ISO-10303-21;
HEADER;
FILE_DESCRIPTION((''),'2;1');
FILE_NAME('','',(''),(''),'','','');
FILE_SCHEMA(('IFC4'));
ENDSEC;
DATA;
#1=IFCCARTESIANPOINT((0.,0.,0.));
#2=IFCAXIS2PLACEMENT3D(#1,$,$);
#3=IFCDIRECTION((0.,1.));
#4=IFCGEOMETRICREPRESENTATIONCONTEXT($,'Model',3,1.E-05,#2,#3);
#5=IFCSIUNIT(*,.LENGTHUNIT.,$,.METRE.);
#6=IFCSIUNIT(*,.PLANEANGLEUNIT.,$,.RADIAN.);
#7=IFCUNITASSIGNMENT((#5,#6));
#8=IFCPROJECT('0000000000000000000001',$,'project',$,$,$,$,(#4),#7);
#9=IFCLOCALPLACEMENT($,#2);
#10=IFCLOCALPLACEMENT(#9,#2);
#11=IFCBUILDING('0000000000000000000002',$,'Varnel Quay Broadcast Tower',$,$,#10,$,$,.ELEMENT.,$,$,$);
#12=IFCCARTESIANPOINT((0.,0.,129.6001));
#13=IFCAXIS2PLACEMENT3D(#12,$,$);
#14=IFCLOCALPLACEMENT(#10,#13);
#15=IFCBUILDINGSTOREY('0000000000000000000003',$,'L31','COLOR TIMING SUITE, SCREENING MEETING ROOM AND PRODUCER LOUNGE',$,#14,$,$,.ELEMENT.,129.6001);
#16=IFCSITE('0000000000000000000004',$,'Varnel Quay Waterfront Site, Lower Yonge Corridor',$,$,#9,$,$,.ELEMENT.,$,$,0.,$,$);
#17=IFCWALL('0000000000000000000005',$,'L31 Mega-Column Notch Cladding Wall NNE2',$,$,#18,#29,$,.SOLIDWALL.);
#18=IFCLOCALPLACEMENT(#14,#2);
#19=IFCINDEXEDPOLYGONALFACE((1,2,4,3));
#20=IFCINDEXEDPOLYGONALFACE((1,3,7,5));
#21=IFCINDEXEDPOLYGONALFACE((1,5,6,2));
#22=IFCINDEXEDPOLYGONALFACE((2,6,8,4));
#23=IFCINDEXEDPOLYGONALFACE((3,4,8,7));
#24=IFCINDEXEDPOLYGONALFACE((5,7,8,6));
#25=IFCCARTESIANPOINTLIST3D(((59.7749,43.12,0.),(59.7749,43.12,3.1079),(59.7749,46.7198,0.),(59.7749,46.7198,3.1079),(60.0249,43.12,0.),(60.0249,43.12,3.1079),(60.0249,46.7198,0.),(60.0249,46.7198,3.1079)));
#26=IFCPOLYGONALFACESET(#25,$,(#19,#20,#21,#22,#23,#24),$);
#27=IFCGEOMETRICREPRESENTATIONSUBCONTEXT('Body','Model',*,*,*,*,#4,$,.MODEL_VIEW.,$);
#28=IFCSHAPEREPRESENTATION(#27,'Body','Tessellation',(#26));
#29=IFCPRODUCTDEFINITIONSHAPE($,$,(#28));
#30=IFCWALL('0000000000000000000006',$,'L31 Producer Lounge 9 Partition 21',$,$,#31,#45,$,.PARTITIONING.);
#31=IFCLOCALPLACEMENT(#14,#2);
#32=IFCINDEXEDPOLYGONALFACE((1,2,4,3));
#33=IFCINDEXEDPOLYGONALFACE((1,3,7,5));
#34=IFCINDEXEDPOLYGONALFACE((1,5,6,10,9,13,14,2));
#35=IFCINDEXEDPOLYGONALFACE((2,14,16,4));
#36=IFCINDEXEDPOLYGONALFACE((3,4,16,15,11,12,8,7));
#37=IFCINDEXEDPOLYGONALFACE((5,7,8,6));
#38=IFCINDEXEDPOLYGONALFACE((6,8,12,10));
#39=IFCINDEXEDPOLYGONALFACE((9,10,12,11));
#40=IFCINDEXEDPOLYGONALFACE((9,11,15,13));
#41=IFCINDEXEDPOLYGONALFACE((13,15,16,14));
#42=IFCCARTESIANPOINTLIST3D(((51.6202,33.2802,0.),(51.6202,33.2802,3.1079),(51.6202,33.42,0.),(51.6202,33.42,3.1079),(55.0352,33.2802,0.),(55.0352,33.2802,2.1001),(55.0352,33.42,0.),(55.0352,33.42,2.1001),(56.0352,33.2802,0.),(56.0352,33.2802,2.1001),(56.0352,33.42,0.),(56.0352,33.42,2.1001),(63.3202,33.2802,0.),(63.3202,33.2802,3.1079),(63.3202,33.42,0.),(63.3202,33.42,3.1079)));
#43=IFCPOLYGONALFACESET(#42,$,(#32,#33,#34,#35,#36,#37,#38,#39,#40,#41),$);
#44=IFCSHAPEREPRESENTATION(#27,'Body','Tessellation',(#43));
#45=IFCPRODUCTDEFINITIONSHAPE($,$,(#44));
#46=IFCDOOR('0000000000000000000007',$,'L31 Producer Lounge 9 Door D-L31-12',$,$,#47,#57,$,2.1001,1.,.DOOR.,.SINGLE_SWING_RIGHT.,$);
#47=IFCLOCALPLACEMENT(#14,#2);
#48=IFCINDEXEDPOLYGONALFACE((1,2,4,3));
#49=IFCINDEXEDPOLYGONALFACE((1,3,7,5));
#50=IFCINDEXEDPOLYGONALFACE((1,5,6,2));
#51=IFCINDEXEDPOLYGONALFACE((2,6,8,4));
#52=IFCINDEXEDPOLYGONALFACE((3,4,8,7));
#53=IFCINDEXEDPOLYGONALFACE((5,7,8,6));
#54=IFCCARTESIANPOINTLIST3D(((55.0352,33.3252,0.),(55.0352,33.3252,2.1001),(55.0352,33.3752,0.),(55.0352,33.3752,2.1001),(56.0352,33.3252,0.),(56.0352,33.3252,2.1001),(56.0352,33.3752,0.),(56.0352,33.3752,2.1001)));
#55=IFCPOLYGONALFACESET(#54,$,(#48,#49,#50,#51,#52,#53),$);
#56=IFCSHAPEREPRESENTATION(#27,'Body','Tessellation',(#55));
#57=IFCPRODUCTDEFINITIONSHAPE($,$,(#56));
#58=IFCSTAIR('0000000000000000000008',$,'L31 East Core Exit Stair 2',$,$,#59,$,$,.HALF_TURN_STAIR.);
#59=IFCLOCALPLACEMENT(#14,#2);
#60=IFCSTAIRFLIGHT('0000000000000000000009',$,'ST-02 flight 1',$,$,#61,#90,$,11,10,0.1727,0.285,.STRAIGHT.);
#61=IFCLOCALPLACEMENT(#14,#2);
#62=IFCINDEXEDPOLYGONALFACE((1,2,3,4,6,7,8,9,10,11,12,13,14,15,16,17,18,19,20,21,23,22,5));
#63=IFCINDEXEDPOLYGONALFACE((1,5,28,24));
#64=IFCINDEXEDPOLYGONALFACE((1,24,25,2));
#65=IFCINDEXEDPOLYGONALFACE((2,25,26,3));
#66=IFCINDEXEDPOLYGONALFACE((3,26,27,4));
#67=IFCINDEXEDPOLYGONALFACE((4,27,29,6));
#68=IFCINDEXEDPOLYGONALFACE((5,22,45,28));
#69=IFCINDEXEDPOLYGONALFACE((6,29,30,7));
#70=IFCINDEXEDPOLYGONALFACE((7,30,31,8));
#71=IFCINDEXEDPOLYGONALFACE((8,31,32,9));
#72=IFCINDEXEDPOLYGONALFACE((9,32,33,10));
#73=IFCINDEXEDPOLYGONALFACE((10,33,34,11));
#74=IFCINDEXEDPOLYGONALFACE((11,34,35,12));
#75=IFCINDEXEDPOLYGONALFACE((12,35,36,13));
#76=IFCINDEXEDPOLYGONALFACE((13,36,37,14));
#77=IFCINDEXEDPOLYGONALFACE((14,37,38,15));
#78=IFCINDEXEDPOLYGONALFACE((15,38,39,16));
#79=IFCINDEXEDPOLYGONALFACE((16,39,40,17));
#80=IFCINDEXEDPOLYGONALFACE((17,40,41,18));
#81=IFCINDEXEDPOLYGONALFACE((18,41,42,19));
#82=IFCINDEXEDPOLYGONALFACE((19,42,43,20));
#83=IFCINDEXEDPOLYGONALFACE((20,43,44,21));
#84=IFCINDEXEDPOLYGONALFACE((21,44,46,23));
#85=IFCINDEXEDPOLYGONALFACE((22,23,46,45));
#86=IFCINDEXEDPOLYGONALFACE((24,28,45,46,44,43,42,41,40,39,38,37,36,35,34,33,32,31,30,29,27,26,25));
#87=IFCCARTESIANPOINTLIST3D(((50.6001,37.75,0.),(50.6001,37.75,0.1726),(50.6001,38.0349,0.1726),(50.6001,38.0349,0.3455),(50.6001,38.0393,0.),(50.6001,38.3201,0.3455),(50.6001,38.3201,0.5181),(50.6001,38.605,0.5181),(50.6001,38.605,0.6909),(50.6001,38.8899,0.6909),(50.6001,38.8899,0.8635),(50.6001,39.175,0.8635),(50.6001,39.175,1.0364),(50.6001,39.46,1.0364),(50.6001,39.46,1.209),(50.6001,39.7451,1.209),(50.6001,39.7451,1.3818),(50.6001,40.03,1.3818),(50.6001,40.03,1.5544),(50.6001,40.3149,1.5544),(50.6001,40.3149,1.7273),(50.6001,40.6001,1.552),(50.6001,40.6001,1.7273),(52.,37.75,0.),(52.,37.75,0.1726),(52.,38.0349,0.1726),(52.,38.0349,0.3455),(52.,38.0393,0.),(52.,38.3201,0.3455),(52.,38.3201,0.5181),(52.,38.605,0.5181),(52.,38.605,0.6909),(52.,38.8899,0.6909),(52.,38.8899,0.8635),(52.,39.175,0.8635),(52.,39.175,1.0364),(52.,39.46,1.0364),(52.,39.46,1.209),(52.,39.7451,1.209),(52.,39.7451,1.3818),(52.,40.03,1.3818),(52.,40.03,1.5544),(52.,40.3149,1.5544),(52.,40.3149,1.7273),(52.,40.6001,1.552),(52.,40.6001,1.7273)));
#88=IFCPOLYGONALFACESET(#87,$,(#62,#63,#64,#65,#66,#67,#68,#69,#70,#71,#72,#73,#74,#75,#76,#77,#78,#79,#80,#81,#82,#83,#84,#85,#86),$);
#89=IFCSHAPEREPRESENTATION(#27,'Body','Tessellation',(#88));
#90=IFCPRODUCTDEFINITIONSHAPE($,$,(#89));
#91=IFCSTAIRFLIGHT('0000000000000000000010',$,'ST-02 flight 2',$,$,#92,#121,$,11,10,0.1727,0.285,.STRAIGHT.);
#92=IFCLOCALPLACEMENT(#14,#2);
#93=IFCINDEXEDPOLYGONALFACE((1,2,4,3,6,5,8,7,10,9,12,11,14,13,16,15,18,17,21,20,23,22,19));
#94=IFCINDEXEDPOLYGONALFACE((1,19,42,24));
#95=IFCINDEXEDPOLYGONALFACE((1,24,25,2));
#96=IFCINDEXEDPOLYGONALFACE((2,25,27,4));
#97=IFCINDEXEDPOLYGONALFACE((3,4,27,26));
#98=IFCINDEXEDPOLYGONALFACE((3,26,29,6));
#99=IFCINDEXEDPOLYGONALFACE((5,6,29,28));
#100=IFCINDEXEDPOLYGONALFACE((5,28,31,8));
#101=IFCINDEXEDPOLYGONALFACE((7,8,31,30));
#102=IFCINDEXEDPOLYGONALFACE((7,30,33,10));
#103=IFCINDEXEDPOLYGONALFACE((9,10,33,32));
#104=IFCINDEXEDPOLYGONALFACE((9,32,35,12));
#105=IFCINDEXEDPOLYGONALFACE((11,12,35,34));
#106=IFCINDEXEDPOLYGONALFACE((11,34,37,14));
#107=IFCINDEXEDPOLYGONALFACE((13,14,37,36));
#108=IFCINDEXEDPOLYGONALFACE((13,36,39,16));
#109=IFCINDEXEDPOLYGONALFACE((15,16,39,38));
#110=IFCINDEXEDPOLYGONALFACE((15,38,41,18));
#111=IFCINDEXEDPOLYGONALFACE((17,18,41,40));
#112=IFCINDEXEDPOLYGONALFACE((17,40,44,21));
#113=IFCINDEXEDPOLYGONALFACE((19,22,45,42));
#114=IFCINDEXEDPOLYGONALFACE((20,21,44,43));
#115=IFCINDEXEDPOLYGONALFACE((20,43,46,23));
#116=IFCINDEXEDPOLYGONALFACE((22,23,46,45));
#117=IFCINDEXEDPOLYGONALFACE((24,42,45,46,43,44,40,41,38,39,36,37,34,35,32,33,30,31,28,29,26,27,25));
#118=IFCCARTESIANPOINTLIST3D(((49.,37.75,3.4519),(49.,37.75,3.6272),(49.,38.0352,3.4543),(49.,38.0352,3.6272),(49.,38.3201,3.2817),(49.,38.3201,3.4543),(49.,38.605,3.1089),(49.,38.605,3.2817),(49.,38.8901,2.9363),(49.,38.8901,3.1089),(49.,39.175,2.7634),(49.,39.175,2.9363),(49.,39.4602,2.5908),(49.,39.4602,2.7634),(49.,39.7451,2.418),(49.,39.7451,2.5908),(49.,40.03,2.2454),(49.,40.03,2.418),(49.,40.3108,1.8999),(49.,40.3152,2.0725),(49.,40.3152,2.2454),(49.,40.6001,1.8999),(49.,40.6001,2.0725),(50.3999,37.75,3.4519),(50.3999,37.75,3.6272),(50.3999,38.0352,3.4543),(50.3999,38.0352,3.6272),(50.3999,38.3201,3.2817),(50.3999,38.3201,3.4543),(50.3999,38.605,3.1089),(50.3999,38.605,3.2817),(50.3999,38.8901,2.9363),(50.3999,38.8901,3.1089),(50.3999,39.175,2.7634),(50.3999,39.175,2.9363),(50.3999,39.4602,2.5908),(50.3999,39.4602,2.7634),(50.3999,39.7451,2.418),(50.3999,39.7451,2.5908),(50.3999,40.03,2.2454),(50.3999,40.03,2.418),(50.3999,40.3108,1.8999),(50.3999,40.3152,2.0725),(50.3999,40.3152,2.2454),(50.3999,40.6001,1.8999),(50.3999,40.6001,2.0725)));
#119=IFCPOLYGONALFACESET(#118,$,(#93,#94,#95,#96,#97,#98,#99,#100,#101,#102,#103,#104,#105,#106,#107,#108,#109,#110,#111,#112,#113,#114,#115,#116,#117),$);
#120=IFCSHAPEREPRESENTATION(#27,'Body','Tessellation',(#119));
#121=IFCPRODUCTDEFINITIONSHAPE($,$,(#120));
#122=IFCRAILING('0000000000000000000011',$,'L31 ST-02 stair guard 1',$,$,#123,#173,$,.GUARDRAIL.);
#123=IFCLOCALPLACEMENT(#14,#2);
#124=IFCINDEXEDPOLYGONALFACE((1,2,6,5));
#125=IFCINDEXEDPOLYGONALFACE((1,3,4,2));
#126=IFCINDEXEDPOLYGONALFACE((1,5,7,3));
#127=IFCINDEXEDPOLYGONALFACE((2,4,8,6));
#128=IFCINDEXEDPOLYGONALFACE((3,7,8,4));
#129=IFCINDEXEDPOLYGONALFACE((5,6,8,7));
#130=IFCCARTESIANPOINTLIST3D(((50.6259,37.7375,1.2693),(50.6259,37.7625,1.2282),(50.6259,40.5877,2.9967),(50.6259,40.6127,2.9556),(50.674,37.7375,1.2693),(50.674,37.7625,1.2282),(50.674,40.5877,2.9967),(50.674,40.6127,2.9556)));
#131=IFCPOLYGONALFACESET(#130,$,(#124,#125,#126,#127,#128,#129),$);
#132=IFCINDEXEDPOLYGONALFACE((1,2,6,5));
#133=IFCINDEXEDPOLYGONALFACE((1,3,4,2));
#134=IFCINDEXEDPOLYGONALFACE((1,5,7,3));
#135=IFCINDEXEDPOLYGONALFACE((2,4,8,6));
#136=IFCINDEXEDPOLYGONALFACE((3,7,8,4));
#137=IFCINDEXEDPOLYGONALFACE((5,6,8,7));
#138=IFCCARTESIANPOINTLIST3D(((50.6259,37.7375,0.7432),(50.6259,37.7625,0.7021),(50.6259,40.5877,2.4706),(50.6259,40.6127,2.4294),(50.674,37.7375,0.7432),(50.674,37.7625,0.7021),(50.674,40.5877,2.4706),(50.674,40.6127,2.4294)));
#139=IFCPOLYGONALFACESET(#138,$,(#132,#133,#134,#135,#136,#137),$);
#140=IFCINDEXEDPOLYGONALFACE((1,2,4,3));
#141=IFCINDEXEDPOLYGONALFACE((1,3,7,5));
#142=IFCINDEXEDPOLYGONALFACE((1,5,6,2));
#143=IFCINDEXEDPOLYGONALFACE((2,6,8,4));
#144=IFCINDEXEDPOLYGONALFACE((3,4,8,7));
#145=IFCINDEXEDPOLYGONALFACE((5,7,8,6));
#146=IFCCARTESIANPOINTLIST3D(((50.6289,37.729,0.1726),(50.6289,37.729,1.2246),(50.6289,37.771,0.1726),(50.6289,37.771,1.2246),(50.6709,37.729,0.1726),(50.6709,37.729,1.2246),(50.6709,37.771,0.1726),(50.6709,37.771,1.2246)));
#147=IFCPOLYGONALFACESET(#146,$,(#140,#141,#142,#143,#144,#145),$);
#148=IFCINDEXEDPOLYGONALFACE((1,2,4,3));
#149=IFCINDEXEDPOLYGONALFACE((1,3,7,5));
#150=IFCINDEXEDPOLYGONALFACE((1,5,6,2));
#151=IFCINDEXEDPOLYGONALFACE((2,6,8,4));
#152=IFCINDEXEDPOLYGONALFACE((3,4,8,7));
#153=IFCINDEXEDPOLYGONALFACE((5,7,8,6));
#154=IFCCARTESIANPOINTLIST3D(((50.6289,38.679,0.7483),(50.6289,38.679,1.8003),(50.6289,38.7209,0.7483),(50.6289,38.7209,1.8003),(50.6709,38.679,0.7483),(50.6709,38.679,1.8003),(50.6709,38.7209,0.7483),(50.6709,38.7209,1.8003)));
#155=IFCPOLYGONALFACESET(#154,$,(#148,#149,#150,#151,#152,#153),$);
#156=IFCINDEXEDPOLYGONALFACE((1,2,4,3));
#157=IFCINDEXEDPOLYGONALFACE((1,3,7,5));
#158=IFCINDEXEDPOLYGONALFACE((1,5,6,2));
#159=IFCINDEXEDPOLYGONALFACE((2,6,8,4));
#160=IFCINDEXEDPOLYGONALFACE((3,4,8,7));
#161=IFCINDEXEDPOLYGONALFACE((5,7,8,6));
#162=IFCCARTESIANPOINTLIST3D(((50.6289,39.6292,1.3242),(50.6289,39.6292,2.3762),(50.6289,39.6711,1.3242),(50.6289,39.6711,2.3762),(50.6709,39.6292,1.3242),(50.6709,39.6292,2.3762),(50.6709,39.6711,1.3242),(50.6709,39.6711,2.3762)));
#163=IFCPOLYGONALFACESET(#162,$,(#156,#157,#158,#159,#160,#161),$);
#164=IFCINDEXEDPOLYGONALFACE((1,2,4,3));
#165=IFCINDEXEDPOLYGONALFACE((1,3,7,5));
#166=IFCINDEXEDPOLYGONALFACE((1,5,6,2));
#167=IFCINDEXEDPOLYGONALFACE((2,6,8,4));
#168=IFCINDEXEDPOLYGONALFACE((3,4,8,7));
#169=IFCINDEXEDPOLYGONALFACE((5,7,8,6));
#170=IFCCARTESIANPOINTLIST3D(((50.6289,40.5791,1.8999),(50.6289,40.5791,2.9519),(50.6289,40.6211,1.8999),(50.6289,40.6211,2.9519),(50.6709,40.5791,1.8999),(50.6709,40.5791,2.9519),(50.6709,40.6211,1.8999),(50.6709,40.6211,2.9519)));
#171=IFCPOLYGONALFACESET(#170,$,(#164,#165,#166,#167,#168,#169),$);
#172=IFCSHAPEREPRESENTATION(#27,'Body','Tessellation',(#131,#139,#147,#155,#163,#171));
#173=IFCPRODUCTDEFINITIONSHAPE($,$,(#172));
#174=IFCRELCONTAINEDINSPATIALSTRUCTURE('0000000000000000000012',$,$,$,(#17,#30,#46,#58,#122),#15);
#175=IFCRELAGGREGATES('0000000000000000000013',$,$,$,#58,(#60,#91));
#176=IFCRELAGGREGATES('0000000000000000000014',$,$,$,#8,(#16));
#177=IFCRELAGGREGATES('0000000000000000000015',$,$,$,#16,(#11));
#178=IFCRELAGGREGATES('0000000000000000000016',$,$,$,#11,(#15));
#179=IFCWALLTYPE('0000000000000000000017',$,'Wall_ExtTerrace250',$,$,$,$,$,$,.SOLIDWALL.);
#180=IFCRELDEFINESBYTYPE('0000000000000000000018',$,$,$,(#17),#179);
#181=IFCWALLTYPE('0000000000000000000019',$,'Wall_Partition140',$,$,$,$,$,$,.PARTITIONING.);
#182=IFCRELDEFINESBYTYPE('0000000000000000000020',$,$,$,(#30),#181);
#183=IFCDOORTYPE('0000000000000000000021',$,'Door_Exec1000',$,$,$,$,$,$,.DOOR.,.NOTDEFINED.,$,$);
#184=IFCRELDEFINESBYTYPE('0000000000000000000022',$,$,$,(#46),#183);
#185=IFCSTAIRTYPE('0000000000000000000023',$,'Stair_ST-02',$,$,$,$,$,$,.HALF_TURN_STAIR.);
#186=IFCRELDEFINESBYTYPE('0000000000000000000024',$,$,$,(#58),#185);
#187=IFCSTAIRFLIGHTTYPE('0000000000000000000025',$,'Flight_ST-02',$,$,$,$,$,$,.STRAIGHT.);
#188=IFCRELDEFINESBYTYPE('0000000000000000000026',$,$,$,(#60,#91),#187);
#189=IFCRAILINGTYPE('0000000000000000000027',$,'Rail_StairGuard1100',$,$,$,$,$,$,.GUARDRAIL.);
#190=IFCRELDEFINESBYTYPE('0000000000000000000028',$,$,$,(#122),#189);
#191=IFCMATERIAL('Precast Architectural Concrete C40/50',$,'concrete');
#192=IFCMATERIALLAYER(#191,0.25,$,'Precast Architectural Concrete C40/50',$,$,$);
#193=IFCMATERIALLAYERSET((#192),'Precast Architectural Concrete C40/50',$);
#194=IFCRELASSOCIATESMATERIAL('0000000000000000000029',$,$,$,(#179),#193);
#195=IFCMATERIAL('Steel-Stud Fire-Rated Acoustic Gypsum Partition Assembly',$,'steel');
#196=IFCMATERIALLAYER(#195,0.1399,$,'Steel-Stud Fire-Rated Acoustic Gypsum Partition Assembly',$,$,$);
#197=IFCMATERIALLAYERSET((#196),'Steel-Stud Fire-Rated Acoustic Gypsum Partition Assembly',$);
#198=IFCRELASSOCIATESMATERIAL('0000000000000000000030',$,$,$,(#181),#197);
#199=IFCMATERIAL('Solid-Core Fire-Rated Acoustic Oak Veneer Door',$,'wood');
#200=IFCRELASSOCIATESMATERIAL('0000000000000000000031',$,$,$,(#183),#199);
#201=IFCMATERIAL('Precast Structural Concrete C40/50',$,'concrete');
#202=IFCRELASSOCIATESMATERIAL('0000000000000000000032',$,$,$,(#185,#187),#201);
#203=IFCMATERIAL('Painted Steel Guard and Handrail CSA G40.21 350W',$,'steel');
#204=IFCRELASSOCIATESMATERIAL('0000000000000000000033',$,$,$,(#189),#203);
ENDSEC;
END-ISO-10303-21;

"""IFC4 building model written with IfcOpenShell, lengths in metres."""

from ifc_helpers import new_model, si_unit, direction, frame, frame_2d, origin, origin_2d, place, context, subcontext, project, spatial, polyline, rectangle, outline, extrude, source, transform, mapped, material, layer, layer_set, type_object, type_shapes, element, fill, aggregate, save


model = new_model("IFC4")

# Units and contexts
model_context = context("Model", 3, precision=1e-05, world=origin(), true_north=direction((0.0, 1.0)))
body_context = subcontext(model_context, "Body", "Model", "MODEL_VIEW")
ifc_project = project(units=[si_unit("LENGTHUNIT", "METRE"), si_unit("PLANEANGLEUNIT", "RADIAN")], contexts=[model_context])

# Site, building, storey
site_placement = place(None, origin())
site = spatial("IfcSite", under=ifc_project, at=site_placement, Name="Varnel Quay Waterfront Site, Lower Yonge Corridor", CompositionType="ELEMENT", RefElevation=0.0)
building_placement = place(site_placement, origin())
building = spatial("IfcBuilding", under=site, at=building_placement, Name="Varnel Quay Broadcast Tower", CompositionType="ELEMENT")
storey_placement = place(building_placement, frame((0.0, 0.0, 129.6001)))
storey = spatial("IfcBuildingStorey", under=building, at=storey_placement, Name="L31", Description="COLOR TIMING SUITE, SCREENING MEETING ROOM AND PRODUCER LOUNGE", CompositionType="ELEMENT", Elevation=129.6001)

# Wall
ifc_material_1 = material(Name="Precast Architectural Concrete C40/50", Category="concrete")
ifc_layer_1 = layer(ifc_material_1, 0.25, Name="Precast Architectural Concrete C40/50")
ifc_layer_set_1 = layer_set([ifc_layer_1], Name="Precast Architectural Concrete C40/50")
wall_type_1 = type_object("IfcWallType", Name="Wall_ExtTerrace250", PredefinedType="SOLIDWALL", material=ifc_layer_set_1)
wall_1_placement = place(storey_placement, frame((59.8999, 43.1201, 0.0), z_axis=(0.0, 0.0, 1.0), x_axis=(0.0, 1.0, 0.0)))
element("IfcWall", 1, at=wall_1_placement, inside=storey, type_object=wall_type_1, Name="L31 Mega-Column Notch Cladding Wall NNE2", PredefinedType="SOLIDWALL", context=body_context, shape_type="SweptSolid", body=[
    extrude(rectangle(XDim=3.5999, YDim=0.25, at=frame_2d((1.7998, 0.0))), origin(), (0.0, 0.0, 1.0), 3.1079),
])

# Wall, opening, door
ifc_material_2 = material(Name="Steel-Stud Fire-Rated Acoustic Gypsum Partition Assembly", Category="steel")
ifc_layer_2 = layer(ifc_material_2, 0.1399, Name="Steel-Stud Fire-Rated Acoustic Gypsum Partition Assembly")
ifc_layer_set_2 = layer_set([ifc_layer_2], Name="Steel-Stud Fire-Rated Acoustic Gypsum Partition Assembly")
wall_type_2 = type_object("IfcWallType", Name="Wall_Partition140", PredefinedType="PARTITIONING", material=ifc_layer_set_2)
wall_2_placement = place(storey_placement, frame((51.6201, 33.3501, 0.0), z_axis=(0.0, 0.0, 1.0), x_axis=(1.0, 0.0, 0.0)))
wall_2 = element("IfcWall", 2, at=wall_2_placement, inside=storey, type_object=wall_type_2, Name="L31 Producer Lounge 9 Partition 21", PredefinedType="PARTITIONING", context=body_context, shape_type="SweptSolid", body=[
    extrude(rectangle(XDim=11.7, YDim=0.1399, at=frame_2d((5.8501, 0.0))), origin(), (0.0, 0.0, 1.0), 3.1079),
])
opening_placement = place(wall_2_placement, frame((3.415, 0.0, 0.0)))
opening = element("IfcOpeningElement", 3, at=opening_placement, cuts=wall_2, PredefinedType="OPENING", context=body_context, shape_type="SweptSolid", body=[
    extrude(rectangle(XDim=1.0, YDim=2.1001, at=frame_2d((0.5, 1.05))), frame((0.0, 0.0801, 0.0), z_axis=(0.0, -1.0, 0.0), x_axis=(1.0, 0.0, 0.0)), (0.0, 0.0, 1.0), 0.1599),
])
ifc_material_3 = material(Name="Solid-Core Fire-Rated Acoustic Oak Veneer Door", Category="wood")
door_type = type_object("IfcDoorType", Name="Door_Exec1000", OperationType="NOTDEFINED", PredefinedType="DOOR", material=ifc_material_3)
shared_shape_1 = source(origin(), body_context, "Body", "SweptSolid", [
    extrude(rectangle(XDim=1.0, YDim=2.1001, at=frame_2d((0.5, 1.05))), frame((0.0, 0.0249, 0.0), z_axis=(0.0, -1.0, 0.0), x_axis=(1.0, 0.0, 0.0)), (0.0, 0.0, 1.0), 0.05),
])
type_shapes(door_type, [shared_shape_1])
door_placement = place(opening_placement, frame((1.0, 0.0, 0.0), z_axis=(0.0, 0.0, 1.0), x_axis=(-1.0, 0.0, 0.0)))
door = element("IfcDoor", 4, at=door_placement, inside=storey, type_object=door_type, Name="L31 Producer Lounge 9 Door D-L31-12", OperationType="SINGLE_SWING_RIGHT", OverallHeight=2.1001, OverallWidth=1.0, PredefinedType="DOOR", context=body_context, shape_type="MappedRepresentation", body=[
    mapped(shared_shape_1, transform((0.0, 0.0, 0.0), x_axis=(1.0, 0.0, 0.0), y_axis=(0.0, 1.0, 0.0), z_axis=(0.0, 0.0, 1.0), scale=1.0)),
])
fill(opening, door)

# Stair, stair flights
ifc_material_4 = material(Name="Precast Structural Concrete C40/50", Category="concrete")
stair_type = type_object("IfcStairType", Name="Stair_ST-02", PredefinedType="HALF_TURN_STAIR", material=ifc_material_4)
stair_placement = place(storey_placement, origin())
stair = element("IfcStair", 5, at=stair_placement, inside=storey, type_object=stair_type, Name="L31 East Core Exit Stair 2", PredefinedType="HALF_TURN_STAIR")
stair_flight_type = type_object("IfcStairFlightType", Name="Flight_ST-02", PredefinedType="STRAIGHT", material=ifc_material_4)
stair_flight_1_placement = place(storey_placement, frame((51.3, 37.75, 0.0), z_axis=(0.0, 0.0, 1.0), x_axis=(0.0, 1.0, 0.0)))
stair_flight_1 = element("IfcStairFlight", 6, at=stair_flight_1_placement, type_object=stair_flight_type, Name="ST-02 flight 1", NumberOfRisers=11, NumberOfTreads=10, PredefinedType="STRAIGHT", RiserHeight=0.1727, TreadLength=0.285, context=body_context, shape_type="SweptSolid", body=[
    extrude(outline(polyline([(0.0, 0.0), (0.0, 0.1726), (0.2849, 0.1726), (0.2849, 0.3455), (0.5701, 0.3455), (0.5701, 0.5181), (0.855, 0.5181), (0.855, 0.6909), (1.1399, 0.6909), (1.1399, 0.8635), (1.425, 0.8635), (1.425, 1.0364), (1.71, 1.0364), (1.71, 1.209), (1.9951, 1.209), (1.9951, 1.3818), (2.28, 1.3818), (2.28, 1.5544), (2.5649, 1.5544), (2.5649, 1.7273), (2.8501, 1.7273), (2.8501, 1.8999), (2.8501, 1.552), (0.2893, 0.0), (0.0, 0.0)])), frame((0.0, 0.7, 0.0), z_axis=(0.0, -1.0, 0.0), x_axis=(1.0, 0.0, 0.0)), (0.0, 0.0, 1.0), 1.3999),
])
stair_flight_2_placement = place(storey_placement, frame((49.7, 40.6001, 1.8999), z_axis=(0.0, 0.0, 1.0), x_axis=(0.0, -1.0, 0.0)))
stair_flight_2 = element("IfcStairFlight", 7, at=stair_flight_2_placement, type_object=stair_flight_type, Name="ST-02 flight 2", NumberOfRisers=11, NumberOfTreads=10, PredefinedType="STRAIGHT", RiserHeight=0.1727, TreadLength=0.285, context=body_context, shape_type="SweptSolid", body=[
    extrude(outline(polyline([(0.0, 0.0), (0.0, 0.1726), (0.2849, 0.1726), (0.2849, 0.3455), (0.5701, 0.3455), (0.5701, 0.5181), (0.855, 0.5181), (0.855, 0.6909), (1.1399, 0.6909), (1.1399, 0.8635), (1.425, 0.8635), (1.425, 1.0364), (1.71, 1.0364), (1.71, 1.209), (1.9951, 1.209), (1.9951, 1.3818), (2.28, 1.3818), (2.28, 1.5544), (2.5649, 1.5544), (2.5649, 1.7273), (2.8501, 1.7273), (2.8501, 1.8999), (2.8501, 1.552), (0.2893, 0.0), (0.0, 0.0)])), frame((0.0, 0.7, 0.0), z_axis=(0.0, -1.0, 0.0), x_axis=(1.0, 0.0, 0.0)), (0.0, 0.0, 1.0), 1.3999),
])
aggregate(stair, [stair_flight_1, stair_flight_2])

# Railing
ifc_material_5 = material(Name="Painted Steel Guard and Handrail CSA G40.21 350W", Category="steel")
railing_type_1 = type_object("IfcRailingType", Name="Rail_StairGuard1100", PredefinedType="GUARDRAIL", material=ifc_material_5)
railing_1_placement = place(storey_placement, frame((50.6499, 37.75, 0.1726)))
element("IfcRailing", 8, at=railing_1_placement, inside=storey, type_object=railing_type_1, Name="L31 ST-02 stair guard 1", PredefinedType="GUARDRAIL", context=body_context, shape_type="SweptSolid", body=[
    extrude(rectangle(XDim=0.0481, YDim=0.0481, at=origin_2d()), frame((0.0, 0.0, 1.0762), z_axis=(0.0, 0.855203, 0.518294), x_axis=(-1.0, 0.0, 0.0)), (0.0, 0.0, 1.0), 3.3328),
    extrude(rectangle(XDim=0.0481, YDim=0.0481, at=origin_2d()), frame((0.0, 0.0, 0.55), z_axis=(0.0, 0.855203, 0.518294), x_axis=(-1.0, 0.0, 0.0)), (0.0, 0.0, 1.0), 3.3328),
    extrude(rectangle(XDim=0.042, YDim=0.042, at=origin_2d()), origin(), (0.0, 0.0, 1.0), 1.052),
    extrude(rectangle(XDim=0.042, YDim=0.042, at=origin_2d()), frame((0.0, 0.95, 0.5757)), (0.0, 0.0, 1.0), 1.052),
    extrude(rectangle(XDim=0.042, YDim=0.042, at=origin_2d()), frame((0.0, 1.9001, 1.1516)), (0.0, 0.0, 1.0), 1.052),
    extrude(rectangle(XDim=0.042, YDim=0.042, at=origin_2d()), frame((0.0, 2.8501, 1.7273)), (0.0, 0.0, 1.0), 1.052),
])

save(model, "model.ifc")
